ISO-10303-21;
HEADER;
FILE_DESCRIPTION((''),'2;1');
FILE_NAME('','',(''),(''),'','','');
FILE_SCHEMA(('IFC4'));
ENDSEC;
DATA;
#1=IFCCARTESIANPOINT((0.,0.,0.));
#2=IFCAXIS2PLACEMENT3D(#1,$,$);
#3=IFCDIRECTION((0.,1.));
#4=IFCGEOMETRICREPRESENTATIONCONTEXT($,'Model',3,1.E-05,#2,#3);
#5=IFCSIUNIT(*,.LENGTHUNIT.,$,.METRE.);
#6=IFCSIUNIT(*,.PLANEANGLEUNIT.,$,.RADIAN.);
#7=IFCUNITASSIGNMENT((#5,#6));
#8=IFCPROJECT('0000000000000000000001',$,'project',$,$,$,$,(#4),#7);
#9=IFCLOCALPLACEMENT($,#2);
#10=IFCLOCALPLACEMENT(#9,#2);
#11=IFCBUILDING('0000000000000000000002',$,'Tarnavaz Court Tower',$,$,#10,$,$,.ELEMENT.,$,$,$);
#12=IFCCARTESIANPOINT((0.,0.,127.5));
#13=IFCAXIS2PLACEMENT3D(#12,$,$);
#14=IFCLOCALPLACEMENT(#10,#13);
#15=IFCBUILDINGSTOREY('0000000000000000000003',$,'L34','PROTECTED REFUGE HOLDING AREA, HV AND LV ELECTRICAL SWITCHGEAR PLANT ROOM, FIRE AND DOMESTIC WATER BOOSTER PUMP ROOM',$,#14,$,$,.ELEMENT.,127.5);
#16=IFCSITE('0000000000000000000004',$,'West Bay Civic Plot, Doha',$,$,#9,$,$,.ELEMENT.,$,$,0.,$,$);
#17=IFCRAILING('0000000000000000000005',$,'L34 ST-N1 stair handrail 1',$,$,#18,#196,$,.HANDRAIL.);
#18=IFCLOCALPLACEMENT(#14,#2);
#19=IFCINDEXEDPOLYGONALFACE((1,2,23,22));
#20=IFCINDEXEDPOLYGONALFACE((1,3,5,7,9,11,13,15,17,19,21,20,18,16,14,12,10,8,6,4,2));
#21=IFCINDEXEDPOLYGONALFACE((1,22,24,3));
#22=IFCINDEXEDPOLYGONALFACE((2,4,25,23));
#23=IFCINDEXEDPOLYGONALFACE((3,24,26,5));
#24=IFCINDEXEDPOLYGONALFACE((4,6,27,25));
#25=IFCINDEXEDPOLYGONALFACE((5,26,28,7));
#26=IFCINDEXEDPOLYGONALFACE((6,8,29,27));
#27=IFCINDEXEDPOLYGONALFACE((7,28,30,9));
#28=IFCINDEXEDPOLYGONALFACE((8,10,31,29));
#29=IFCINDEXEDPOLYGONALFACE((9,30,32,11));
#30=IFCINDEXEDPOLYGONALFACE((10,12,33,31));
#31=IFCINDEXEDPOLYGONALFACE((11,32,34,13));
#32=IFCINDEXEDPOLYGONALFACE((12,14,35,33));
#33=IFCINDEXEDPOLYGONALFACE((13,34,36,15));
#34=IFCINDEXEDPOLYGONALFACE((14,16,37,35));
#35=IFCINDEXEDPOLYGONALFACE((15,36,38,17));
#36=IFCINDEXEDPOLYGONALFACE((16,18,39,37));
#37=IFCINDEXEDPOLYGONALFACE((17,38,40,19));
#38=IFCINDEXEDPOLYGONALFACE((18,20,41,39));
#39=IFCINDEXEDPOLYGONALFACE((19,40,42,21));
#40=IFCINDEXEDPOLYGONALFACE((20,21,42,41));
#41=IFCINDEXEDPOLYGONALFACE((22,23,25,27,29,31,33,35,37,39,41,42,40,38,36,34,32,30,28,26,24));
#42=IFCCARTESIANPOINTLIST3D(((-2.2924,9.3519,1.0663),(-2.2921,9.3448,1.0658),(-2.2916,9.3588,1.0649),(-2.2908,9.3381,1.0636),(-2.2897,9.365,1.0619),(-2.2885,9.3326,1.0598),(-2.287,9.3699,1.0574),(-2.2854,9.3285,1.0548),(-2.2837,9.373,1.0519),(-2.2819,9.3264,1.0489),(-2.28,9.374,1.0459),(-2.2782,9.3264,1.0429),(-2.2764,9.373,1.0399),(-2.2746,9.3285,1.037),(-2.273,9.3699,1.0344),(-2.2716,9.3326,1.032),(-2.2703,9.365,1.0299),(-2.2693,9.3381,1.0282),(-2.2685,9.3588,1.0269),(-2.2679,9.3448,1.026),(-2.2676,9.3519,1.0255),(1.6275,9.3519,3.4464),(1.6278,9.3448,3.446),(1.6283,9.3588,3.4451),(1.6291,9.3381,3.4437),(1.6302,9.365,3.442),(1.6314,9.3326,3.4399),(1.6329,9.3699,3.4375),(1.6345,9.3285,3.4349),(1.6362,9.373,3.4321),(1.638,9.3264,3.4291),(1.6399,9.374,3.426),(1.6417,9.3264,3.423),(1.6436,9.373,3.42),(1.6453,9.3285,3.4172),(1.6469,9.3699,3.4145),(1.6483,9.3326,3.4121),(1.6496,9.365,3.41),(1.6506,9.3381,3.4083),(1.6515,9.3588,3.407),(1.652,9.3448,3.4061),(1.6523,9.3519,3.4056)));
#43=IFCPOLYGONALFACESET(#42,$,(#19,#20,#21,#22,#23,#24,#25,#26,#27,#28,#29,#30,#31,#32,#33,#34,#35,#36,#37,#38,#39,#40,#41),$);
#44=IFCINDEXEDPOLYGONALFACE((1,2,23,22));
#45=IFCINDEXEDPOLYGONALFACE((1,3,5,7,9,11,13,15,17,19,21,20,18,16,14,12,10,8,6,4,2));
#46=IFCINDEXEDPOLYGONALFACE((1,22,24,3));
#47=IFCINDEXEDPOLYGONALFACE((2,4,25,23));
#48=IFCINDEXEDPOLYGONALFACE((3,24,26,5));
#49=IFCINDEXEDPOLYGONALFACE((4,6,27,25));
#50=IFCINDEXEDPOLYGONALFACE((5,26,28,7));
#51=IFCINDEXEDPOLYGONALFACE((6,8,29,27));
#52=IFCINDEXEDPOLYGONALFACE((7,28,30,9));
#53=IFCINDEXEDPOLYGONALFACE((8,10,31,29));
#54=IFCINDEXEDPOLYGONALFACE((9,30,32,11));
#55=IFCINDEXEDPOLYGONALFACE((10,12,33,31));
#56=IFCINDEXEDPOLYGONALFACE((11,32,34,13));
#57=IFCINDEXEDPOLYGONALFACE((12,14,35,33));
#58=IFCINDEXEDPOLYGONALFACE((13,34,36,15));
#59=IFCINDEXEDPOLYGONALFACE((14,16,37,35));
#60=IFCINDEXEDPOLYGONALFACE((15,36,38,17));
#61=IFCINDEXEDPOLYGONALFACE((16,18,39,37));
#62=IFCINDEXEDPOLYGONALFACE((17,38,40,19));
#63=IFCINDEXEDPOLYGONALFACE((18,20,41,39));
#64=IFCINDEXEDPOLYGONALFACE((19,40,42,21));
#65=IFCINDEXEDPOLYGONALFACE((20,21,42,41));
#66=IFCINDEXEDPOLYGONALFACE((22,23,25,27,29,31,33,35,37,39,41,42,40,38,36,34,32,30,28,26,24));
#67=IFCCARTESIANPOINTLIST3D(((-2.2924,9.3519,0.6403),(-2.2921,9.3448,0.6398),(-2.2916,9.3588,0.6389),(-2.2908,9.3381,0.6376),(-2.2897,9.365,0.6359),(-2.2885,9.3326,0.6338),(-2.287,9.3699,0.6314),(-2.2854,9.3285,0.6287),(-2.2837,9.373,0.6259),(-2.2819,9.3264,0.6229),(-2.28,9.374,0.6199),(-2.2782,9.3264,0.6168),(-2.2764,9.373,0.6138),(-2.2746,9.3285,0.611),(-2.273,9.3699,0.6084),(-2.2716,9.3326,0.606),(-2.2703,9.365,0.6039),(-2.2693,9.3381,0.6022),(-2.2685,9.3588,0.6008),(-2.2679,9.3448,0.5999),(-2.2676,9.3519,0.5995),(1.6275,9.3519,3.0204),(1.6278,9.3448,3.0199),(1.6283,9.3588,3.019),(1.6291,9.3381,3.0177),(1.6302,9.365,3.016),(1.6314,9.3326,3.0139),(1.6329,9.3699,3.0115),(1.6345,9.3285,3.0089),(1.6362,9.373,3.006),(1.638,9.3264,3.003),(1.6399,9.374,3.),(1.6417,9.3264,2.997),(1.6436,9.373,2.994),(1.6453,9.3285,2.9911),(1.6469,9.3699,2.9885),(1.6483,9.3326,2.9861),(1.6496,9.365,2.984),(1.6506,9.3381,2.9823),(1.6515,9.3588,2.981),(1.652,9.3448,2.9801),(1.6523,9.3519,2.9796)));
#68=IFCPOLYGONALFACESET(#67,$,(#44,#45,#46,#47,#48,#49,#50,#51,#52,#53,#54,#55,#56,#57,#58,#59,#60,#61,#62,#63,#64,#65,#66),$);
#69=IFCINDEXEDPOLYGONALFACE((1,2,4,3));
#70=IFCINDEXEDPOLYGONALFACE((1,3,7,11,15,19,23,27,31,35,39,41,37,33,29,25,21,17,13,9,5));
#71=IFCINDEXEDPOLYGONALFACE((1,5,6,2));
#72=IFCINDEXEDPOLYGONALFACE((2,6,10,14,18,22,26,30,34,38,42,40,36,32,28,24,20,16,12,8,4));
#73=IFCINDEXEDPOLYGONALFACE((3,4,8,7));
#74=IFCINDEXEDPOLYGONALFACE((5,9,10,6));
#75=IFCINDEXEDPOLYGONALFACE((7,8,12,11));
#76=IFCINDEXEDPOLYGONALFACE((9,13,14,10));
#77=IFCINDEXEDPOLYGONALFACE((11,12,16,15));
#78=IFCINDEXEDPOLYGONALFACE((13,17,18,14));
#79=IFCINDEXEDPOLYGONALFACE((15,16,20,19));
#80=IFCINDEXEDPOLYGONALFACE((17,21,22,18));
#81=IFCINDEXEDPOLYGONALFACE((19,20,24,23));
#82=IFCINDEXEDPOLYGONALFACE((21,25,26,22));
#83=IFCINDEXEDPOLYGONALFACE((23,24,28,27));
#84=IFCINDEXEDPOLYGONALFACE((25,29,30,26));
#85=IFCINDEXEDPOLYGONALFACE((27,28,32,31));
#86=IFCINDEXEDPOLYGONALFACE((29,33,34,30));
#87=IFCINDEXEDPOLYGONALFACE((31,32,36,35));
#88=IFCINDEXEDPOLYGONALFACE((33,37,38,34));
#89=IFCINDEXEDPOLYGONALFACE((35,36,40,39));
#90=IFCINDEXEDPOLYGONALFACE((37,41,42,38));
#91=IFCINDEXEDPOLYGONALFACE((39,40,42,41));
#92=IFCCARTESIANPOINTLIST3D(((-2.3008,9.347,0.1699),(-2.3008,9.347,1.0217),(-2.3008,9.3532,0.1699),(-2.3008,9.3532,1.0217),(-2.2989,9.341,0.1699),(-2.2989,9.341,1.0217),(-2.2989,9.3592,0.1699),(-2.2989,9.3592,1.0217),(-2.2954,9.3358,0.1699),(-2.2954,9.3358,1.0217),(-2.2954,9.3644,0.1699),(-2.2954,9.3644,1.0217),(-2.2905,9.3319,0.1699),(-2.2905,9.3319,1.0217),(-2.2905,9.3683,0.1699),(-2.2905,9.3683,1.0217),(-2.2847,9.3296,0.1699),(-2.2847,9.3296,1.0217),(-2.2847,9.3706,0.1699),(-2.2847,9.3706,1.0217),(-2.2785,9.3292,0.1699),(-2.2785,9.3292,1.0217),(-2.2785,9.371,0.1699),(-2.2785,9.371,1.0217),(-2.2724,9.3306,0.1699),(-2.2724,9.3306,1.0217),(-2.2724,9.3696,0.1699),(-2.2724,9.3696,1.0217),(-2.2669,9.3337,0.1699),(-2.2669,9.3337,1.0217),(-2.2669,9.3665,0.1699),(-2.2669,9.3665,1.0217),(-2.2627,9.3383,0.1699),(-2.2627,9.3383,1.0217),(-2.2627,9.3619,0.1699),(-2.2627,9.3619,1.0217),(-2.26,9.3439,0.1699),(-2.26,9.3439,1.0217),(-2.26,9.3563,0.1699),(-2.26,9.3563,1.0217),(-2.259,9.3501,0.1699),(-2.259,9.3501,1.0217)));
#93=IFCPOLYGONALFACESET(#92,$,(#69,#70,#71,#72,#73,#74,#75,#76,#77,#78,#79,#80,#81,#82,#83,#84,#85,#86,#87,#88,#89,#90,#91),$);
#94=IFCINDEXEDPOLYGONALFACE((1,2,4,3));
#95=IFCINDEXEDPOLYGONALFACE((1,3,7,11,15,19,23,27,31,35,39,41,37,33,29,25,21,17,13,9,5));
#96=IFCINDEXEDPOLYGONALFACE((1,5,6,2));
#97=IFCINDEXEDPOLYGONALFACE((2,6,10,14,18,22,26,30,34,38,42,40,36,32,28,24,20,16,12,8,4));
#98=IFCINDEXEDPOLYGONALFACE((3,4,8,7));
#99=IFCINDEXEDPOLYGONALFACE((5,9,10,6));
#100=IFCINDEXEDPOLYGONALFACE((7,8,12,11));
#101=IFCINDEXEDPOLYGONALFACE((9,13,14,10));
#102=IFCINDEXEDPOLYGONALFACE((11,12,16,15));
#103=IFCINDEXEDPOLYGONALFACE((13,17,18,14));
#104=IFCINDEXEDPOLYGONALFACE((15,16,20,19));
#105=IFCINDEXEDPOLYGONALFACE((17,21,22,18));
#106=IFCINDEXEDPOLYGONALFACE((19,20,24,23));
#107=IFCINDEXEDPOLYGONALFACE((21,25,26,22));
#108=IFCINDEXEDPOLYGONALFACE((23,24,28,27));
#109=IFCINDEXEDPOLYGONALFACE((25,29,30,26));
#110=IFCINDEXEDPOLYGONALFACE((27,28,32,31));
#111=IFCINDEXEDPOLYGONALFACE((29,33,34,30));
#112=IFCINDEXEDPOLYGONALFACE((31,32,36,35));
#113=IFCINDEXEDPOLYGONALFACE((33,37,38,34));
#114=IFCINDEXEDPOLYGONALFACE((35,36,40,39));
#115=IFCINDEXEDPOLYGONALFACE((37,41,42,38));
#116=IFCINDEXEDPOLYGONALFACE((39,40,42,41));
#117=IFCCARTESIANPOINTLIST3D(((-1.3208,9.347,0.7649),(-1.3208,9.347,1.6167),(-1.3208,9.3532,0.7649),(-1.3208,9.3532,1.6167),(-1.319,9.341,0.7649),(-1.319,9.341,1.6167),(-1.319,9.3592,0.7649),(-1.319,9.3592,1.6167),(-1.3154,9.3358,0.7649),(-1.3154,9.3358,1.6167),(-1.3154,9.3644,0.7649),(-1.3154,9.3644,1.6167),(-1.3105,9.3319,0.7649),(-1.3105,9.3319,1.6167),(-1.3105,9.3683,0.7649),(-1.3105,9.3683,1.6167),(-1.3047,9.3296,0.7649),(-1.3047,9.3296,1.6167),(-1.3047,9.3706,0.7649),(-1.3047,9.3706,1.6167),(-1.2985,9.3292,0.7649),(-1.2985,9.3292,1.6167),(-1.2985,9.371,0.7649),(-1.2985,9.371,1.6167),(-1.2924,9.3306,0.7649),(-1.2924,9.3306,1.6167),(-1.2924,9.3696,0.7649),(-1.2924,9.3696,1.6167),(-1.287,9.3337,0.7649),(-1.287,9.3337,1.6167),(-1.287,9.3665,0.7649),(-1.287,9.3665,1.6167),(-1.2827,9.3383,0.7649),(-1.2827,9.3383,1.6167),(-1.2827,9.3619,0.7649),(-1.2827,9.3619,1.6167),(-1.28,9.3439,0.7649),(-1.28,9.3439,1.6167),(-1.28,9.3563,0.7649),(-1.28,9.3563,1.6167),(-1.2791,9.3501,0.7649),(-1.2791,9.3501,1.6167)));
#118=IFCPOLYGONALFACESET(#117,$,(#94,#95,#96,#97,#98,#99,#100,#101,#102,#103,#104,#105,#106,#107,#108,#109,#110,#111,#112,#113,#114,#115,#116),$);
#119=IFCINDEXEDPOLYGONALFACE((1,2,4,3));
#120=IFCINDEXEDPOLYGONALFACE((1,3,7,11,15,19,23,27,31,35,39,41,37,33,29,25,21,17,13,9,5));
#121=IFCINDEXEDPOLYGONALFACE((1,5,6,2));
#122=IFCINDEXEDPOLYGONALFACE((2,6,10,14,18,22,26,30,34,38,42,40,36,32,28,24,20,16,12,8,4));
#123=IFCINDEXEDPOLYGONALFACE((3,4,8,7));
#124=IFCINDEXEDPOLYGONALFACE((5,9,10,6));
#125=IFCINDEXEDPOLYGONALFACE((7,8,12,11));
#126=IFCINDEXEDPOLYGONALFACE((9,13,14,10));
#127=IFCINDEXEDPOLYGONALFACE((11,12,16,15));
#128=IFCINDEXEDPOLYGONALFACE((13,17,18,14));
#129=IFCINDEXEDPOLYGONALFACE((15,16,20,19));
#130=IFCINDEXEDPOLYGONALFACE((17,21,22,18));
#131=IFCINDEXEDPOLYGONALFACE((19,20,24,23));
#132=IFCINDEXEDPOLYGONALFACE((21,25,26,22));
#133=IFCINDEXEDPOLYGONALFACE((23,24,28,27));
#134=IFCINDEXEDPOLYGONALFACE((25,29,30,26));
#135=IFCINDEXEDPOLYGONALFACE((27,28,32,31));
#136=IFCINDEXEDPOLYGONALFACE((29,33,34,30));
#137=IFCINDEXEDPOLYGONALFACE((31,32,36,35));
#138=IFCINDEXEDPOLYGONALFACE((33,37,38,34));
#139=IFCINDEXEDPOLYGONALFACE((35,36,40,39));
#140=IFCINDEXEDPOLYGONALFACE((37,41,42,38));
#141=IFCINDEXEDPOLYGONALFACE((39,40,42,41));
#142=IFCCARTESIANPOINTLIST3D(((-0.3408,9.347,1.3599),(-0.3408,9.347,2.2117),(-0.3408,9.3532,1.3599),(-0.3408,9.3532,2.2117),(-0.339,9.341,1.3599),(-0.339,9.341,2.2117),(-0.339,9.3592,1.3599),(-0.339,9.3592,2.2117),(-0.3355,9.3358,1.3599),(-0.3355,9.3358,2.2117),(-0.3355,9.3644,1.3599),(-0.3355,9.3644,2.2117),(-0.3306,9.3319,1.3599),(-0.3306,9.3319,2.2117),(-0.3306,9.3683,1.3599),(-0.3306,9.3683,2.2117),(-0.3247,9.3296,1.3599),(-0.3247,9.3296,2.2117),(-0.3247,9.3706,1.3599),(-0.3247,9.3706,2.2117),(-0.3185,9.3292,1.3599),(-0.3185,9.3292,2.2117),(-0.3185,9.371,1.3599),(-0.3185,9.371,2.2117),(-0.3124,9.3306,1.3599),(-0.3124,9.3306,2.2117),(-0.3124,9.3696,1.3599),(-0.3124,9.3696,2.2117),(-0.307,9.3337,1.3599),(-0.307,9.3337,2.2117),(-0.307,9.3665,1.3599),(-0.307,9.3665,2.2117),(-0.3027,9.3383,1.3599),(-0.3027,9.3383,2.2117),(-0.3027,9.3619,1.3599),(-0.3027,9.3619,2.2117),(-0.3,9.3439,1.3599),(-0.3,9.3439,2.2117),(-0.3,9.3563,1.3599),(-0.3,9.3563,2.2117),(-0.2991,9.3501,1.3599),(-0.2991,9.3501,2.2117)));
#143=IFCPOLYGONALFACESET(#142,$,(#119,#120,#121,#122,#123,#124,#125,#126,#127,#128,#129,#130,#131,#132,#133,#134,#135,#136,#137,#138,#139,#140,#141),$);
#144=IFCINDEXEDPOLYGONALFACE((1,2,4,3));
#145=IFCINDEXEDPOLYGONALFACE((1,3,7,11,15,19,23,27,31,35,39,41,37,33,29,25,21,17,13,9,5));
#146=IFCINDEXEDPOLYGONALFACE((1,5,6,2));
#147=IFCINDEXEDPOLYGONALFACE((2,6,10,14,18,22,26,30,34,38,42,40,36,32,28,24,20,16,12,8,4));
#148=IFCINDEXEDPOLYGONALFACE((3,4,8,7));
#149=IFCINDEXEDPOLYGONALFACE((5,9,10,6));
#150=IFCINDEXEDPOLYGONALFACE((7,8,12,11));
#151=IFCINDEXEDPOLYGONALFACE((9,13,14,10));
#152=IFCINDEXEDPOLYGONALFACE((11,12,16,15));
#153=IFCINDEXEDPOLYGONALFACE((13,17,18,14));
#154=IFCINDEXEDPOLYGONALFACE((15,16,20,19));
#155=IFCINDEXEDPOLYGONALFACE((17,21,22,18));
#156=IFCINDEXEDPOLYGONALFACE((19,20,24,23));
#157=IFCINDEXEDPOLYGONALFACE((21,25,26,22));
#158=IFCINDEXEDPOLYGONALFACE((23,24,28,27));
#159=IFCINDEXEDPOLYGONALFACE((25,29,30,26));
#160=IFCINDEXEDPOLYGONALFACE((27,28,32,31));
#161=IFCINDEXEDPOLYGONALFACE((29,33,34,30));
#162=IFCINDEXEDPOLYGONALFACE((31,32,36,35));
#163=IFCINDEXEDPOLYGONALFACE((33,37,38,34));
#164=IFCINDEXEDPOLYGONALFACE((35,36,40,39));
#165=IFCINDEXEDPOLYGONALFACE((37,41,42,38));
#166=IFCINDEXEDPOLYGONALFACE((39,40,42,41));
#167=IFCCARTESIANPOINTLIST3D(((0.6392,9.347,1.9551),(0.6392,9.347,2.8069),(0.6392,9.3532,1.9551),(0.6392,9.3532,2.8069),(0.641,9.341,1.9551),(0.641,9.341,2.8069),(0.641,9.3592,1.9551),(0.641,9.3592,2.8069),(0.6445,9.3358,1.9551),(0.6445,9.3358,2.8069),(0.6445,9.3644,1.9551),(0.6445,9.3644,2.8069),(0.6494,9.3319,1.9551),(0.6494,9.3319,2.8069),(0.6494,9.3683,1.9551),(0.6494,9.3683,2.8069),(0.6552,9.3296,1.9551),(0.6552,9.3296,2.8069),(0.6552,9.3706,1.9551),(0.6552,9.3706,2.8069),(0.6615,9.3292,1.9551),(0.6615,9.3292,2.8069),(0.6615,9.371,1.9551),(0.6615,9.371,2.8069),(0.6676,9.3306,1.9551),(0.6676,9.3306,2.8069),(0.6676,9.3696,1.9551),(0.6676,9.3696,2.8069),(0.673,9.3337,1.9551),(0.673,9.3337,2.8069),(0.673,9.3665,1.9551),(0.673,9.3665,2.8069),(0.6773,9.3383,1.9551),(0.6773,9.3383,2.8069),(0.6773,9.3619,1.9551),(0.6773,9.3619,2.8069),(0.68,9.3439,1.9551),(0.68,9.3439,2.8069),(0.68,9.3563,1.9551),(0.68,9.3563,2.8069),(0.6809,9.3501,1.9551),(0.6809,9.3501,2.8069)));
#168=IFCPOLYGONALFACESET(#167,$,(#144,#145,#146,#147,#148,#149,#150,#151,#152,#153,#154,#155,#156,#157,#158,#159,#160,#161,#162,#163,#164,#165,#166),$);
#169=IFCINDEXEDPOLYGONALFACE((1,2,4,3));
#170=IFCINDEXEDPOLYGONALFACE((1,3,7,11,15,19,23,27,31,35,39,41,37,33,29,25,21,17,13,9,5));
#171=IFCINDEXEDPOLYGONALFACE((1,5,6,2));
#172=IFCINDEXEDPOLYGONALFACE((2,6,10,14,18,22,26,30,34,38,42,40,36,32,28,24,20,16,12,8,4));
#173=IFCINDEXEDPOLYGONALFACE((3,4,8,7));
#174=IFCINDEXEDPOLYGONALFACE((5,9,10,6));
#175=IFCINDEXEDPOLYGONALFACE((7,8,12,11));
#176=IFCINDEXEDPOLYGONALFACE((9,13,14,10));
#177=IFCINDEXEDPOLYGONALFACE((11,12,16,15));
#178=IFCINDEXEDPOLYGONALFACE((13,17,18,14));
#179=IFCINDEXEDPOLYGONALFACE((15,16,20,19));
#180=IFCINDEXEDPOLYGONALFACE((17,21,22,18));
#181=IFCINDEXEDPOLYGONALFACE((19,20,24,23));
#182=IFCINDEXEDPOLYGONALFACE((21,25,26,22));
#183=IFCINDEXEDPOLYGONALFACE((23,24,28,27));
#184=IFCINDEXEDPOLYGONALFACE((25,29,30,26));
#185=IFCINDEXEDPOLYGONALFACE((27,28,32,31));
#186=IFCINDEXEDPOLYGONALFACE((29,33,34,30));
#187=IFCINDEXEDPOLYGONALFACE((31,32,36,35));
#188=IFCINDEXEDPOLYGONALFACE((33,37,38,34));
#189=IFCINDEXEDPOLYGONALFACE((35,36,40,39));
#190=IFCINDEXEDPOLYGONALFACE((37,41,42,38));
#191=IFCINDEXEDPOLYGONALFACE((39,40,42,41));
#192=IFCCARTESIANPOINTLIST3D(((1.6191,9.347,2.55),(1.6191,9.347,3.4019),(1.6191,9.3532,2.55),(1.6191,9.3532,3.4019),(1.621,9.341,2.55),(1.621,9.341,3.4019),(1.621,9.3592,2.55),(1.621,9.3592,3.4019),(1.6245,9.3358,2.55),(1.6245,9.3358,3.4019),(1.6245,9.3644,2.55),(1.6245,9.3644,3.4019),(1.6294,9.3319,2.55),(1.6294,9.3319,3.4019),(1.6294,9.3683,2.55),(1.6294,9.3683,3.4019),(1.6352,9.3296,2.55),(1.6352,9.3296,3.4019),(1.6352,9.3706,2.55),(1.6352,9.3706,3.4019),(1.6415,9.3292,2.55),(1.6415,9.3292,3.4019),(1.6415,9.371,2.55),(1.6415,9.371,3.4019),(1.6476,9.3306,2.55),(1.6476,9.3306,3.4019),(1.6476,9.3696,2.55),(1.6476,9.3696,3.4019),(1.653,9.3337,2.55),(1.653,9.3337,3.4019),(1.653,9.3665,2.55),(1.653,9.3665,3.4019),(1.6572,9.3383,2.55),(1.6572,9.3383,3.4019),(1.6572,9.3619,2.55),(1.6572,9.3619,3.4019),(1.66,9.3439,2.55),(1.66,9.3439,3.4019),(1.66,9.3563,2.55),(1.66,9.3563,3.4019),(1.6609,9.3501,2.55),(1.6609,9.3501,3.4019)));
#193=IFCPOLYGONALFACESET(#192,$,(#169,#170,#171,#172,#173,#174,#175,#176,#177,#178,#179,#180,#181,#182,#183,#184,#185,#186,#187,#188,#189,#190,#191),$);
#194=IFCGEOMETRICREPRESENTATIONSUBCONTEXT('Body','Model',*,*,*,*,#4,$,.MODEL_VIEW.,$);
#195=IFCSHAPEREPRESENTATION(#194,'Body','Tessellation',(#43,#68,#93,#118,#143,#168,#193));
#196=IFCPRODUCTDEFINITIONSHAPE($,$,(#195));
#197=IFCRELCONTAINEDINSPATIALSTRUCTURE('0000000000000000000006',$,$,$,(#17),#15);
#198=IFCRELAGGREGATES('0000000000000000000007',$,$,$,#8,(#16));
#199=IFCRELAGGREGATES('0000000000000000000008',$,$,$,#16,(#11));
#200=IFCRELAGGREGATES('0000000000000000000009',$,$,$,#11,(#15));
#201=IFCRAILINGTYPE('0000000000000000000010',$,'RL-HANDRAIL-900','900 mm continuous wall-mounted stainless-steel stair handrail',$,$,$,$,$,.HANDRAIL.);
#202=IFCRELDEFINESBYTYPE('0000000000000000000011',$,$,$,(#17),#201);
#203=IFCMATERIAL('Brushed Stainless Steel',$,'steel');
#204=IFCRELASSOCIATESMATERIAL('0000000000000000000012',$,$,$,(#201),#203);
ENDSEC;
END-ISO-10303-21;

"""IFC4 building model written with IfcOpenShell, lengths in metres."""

from ifc_helpers import new_model, si_unit, direction, frame, origin, origin_2d, place, context, subcontext, project, spatial, circle, extrude, material, type_object, element, save


model = new_model("IFC4")

# Units and contexts
model_context = context("Model", 3, precision=1e-05, world=origin(), true_north=direction((0.0, 1.0)))
body_context = subcontext(model_context, "Body", "Model", "MODEL_VIEW")
ifc_project = project(units=[si_unit("LENGTHUNIT", "METRE"), si_unit("PLANEANGLEUNIT", "RADIAN")], contexts=[model_context])

# Site, building, storey
site_placement = place(None, origin())
site = spatial("IfcSite", under=ifc_project, at=site_placement, Name="West Bay Civic Plot, Doha", CompositionType="ELEMENT", RefElevation=0.0)
building_placement = place(site_placement, origin())
building = spatial("IfcBuilding", under=site, at=building_placement, Name="Tarnavaz Court Tower", CompositionType="ELEMENT")
storey_placement = place(building_placement, frame((0.0, 0.0, 127.5)))
storey = spatial("IfcBuildingStorey", under=building, at=storey_placement, Name="L34", Description="PROTECTED REFUGE HOLDING AREA, HV AND LV ELECTRICAL SWITCHGEAR PLANT ROOM, FIRE AND DOMESTIC WATER BOOSTER PUMP ROOM", CompositionType="ELEMENT", Elevation=127.5)

# Railing
ifc_material_1 = material(Name="Brushed Stainless Steel", Category="steel")
railing_type_1 = type_object("IfcRailingType", Name="RL-HANDRAIL-900", Description="900 mm continuous wall-mounted stainless-steel stair handrail", PredefinedType="HANDRAIL", material=ifc_material_1)
for number, where, name in (
    (1, (-2.28, 9.3501, 0.1699), "L34 ST-N1 stair handrail 1"),
):
    element("IfcRailing", number, at=place(storey_placement, frame(where)), inside=storey, type_object=railing_type_1, Name=name, PredefinedType="HANDRAIL", context=body_context, shape_type="SweptSolid", body=[
        extrude(circle(Radius=0.0239, at=origin_2d()), frame((0.0, 0.0, 0.876), z_axis=(0.854771, 0.0, 0.519006), x_axis=(0.0, 1.0, 0.0)), (0.0, 0.0, 1.0), 4.5859),
        extrude(circle(Radius=0.0239, at=origin_2d()), frame((0.0, 0.0, 0.45), z_axis=(0.854771, 0.0, 0.519006), x_axis=(0.0, 1.0, 0.0)), (0.0, 0.0, 1.0), 4.5859),
        extrude(circle(Radius=0.021, at=origin_2d()), origin(), (0.0, 0.0, 1.0), 0.8518),
        extrude(circle(Radius=0.021, at=origin_2d()), frame((0.98, 0.0, 0.595)), (0.0, 0.0, 1.0), 0.8518),
        extrude(circle(Radius=0.021, at=origin_2d()), frame((1.96, 0.0, 1.1899)), (0.0, 0.0, 1.0), 0.8518),
        extrude(circle(Radius=0.021, at=origin_2d()), frame((2.9399, 0.0, 1.7852)), (0.0, 0.0, 1.0), 0.8518),
        extrude(circle(Radius=0.021, at=origin_2d()), frame((3.9199, 0.0, 2.3801)), (0.0, 0.0, 1.0), 0.8518),
    ])

save(model, "model.ifc")
